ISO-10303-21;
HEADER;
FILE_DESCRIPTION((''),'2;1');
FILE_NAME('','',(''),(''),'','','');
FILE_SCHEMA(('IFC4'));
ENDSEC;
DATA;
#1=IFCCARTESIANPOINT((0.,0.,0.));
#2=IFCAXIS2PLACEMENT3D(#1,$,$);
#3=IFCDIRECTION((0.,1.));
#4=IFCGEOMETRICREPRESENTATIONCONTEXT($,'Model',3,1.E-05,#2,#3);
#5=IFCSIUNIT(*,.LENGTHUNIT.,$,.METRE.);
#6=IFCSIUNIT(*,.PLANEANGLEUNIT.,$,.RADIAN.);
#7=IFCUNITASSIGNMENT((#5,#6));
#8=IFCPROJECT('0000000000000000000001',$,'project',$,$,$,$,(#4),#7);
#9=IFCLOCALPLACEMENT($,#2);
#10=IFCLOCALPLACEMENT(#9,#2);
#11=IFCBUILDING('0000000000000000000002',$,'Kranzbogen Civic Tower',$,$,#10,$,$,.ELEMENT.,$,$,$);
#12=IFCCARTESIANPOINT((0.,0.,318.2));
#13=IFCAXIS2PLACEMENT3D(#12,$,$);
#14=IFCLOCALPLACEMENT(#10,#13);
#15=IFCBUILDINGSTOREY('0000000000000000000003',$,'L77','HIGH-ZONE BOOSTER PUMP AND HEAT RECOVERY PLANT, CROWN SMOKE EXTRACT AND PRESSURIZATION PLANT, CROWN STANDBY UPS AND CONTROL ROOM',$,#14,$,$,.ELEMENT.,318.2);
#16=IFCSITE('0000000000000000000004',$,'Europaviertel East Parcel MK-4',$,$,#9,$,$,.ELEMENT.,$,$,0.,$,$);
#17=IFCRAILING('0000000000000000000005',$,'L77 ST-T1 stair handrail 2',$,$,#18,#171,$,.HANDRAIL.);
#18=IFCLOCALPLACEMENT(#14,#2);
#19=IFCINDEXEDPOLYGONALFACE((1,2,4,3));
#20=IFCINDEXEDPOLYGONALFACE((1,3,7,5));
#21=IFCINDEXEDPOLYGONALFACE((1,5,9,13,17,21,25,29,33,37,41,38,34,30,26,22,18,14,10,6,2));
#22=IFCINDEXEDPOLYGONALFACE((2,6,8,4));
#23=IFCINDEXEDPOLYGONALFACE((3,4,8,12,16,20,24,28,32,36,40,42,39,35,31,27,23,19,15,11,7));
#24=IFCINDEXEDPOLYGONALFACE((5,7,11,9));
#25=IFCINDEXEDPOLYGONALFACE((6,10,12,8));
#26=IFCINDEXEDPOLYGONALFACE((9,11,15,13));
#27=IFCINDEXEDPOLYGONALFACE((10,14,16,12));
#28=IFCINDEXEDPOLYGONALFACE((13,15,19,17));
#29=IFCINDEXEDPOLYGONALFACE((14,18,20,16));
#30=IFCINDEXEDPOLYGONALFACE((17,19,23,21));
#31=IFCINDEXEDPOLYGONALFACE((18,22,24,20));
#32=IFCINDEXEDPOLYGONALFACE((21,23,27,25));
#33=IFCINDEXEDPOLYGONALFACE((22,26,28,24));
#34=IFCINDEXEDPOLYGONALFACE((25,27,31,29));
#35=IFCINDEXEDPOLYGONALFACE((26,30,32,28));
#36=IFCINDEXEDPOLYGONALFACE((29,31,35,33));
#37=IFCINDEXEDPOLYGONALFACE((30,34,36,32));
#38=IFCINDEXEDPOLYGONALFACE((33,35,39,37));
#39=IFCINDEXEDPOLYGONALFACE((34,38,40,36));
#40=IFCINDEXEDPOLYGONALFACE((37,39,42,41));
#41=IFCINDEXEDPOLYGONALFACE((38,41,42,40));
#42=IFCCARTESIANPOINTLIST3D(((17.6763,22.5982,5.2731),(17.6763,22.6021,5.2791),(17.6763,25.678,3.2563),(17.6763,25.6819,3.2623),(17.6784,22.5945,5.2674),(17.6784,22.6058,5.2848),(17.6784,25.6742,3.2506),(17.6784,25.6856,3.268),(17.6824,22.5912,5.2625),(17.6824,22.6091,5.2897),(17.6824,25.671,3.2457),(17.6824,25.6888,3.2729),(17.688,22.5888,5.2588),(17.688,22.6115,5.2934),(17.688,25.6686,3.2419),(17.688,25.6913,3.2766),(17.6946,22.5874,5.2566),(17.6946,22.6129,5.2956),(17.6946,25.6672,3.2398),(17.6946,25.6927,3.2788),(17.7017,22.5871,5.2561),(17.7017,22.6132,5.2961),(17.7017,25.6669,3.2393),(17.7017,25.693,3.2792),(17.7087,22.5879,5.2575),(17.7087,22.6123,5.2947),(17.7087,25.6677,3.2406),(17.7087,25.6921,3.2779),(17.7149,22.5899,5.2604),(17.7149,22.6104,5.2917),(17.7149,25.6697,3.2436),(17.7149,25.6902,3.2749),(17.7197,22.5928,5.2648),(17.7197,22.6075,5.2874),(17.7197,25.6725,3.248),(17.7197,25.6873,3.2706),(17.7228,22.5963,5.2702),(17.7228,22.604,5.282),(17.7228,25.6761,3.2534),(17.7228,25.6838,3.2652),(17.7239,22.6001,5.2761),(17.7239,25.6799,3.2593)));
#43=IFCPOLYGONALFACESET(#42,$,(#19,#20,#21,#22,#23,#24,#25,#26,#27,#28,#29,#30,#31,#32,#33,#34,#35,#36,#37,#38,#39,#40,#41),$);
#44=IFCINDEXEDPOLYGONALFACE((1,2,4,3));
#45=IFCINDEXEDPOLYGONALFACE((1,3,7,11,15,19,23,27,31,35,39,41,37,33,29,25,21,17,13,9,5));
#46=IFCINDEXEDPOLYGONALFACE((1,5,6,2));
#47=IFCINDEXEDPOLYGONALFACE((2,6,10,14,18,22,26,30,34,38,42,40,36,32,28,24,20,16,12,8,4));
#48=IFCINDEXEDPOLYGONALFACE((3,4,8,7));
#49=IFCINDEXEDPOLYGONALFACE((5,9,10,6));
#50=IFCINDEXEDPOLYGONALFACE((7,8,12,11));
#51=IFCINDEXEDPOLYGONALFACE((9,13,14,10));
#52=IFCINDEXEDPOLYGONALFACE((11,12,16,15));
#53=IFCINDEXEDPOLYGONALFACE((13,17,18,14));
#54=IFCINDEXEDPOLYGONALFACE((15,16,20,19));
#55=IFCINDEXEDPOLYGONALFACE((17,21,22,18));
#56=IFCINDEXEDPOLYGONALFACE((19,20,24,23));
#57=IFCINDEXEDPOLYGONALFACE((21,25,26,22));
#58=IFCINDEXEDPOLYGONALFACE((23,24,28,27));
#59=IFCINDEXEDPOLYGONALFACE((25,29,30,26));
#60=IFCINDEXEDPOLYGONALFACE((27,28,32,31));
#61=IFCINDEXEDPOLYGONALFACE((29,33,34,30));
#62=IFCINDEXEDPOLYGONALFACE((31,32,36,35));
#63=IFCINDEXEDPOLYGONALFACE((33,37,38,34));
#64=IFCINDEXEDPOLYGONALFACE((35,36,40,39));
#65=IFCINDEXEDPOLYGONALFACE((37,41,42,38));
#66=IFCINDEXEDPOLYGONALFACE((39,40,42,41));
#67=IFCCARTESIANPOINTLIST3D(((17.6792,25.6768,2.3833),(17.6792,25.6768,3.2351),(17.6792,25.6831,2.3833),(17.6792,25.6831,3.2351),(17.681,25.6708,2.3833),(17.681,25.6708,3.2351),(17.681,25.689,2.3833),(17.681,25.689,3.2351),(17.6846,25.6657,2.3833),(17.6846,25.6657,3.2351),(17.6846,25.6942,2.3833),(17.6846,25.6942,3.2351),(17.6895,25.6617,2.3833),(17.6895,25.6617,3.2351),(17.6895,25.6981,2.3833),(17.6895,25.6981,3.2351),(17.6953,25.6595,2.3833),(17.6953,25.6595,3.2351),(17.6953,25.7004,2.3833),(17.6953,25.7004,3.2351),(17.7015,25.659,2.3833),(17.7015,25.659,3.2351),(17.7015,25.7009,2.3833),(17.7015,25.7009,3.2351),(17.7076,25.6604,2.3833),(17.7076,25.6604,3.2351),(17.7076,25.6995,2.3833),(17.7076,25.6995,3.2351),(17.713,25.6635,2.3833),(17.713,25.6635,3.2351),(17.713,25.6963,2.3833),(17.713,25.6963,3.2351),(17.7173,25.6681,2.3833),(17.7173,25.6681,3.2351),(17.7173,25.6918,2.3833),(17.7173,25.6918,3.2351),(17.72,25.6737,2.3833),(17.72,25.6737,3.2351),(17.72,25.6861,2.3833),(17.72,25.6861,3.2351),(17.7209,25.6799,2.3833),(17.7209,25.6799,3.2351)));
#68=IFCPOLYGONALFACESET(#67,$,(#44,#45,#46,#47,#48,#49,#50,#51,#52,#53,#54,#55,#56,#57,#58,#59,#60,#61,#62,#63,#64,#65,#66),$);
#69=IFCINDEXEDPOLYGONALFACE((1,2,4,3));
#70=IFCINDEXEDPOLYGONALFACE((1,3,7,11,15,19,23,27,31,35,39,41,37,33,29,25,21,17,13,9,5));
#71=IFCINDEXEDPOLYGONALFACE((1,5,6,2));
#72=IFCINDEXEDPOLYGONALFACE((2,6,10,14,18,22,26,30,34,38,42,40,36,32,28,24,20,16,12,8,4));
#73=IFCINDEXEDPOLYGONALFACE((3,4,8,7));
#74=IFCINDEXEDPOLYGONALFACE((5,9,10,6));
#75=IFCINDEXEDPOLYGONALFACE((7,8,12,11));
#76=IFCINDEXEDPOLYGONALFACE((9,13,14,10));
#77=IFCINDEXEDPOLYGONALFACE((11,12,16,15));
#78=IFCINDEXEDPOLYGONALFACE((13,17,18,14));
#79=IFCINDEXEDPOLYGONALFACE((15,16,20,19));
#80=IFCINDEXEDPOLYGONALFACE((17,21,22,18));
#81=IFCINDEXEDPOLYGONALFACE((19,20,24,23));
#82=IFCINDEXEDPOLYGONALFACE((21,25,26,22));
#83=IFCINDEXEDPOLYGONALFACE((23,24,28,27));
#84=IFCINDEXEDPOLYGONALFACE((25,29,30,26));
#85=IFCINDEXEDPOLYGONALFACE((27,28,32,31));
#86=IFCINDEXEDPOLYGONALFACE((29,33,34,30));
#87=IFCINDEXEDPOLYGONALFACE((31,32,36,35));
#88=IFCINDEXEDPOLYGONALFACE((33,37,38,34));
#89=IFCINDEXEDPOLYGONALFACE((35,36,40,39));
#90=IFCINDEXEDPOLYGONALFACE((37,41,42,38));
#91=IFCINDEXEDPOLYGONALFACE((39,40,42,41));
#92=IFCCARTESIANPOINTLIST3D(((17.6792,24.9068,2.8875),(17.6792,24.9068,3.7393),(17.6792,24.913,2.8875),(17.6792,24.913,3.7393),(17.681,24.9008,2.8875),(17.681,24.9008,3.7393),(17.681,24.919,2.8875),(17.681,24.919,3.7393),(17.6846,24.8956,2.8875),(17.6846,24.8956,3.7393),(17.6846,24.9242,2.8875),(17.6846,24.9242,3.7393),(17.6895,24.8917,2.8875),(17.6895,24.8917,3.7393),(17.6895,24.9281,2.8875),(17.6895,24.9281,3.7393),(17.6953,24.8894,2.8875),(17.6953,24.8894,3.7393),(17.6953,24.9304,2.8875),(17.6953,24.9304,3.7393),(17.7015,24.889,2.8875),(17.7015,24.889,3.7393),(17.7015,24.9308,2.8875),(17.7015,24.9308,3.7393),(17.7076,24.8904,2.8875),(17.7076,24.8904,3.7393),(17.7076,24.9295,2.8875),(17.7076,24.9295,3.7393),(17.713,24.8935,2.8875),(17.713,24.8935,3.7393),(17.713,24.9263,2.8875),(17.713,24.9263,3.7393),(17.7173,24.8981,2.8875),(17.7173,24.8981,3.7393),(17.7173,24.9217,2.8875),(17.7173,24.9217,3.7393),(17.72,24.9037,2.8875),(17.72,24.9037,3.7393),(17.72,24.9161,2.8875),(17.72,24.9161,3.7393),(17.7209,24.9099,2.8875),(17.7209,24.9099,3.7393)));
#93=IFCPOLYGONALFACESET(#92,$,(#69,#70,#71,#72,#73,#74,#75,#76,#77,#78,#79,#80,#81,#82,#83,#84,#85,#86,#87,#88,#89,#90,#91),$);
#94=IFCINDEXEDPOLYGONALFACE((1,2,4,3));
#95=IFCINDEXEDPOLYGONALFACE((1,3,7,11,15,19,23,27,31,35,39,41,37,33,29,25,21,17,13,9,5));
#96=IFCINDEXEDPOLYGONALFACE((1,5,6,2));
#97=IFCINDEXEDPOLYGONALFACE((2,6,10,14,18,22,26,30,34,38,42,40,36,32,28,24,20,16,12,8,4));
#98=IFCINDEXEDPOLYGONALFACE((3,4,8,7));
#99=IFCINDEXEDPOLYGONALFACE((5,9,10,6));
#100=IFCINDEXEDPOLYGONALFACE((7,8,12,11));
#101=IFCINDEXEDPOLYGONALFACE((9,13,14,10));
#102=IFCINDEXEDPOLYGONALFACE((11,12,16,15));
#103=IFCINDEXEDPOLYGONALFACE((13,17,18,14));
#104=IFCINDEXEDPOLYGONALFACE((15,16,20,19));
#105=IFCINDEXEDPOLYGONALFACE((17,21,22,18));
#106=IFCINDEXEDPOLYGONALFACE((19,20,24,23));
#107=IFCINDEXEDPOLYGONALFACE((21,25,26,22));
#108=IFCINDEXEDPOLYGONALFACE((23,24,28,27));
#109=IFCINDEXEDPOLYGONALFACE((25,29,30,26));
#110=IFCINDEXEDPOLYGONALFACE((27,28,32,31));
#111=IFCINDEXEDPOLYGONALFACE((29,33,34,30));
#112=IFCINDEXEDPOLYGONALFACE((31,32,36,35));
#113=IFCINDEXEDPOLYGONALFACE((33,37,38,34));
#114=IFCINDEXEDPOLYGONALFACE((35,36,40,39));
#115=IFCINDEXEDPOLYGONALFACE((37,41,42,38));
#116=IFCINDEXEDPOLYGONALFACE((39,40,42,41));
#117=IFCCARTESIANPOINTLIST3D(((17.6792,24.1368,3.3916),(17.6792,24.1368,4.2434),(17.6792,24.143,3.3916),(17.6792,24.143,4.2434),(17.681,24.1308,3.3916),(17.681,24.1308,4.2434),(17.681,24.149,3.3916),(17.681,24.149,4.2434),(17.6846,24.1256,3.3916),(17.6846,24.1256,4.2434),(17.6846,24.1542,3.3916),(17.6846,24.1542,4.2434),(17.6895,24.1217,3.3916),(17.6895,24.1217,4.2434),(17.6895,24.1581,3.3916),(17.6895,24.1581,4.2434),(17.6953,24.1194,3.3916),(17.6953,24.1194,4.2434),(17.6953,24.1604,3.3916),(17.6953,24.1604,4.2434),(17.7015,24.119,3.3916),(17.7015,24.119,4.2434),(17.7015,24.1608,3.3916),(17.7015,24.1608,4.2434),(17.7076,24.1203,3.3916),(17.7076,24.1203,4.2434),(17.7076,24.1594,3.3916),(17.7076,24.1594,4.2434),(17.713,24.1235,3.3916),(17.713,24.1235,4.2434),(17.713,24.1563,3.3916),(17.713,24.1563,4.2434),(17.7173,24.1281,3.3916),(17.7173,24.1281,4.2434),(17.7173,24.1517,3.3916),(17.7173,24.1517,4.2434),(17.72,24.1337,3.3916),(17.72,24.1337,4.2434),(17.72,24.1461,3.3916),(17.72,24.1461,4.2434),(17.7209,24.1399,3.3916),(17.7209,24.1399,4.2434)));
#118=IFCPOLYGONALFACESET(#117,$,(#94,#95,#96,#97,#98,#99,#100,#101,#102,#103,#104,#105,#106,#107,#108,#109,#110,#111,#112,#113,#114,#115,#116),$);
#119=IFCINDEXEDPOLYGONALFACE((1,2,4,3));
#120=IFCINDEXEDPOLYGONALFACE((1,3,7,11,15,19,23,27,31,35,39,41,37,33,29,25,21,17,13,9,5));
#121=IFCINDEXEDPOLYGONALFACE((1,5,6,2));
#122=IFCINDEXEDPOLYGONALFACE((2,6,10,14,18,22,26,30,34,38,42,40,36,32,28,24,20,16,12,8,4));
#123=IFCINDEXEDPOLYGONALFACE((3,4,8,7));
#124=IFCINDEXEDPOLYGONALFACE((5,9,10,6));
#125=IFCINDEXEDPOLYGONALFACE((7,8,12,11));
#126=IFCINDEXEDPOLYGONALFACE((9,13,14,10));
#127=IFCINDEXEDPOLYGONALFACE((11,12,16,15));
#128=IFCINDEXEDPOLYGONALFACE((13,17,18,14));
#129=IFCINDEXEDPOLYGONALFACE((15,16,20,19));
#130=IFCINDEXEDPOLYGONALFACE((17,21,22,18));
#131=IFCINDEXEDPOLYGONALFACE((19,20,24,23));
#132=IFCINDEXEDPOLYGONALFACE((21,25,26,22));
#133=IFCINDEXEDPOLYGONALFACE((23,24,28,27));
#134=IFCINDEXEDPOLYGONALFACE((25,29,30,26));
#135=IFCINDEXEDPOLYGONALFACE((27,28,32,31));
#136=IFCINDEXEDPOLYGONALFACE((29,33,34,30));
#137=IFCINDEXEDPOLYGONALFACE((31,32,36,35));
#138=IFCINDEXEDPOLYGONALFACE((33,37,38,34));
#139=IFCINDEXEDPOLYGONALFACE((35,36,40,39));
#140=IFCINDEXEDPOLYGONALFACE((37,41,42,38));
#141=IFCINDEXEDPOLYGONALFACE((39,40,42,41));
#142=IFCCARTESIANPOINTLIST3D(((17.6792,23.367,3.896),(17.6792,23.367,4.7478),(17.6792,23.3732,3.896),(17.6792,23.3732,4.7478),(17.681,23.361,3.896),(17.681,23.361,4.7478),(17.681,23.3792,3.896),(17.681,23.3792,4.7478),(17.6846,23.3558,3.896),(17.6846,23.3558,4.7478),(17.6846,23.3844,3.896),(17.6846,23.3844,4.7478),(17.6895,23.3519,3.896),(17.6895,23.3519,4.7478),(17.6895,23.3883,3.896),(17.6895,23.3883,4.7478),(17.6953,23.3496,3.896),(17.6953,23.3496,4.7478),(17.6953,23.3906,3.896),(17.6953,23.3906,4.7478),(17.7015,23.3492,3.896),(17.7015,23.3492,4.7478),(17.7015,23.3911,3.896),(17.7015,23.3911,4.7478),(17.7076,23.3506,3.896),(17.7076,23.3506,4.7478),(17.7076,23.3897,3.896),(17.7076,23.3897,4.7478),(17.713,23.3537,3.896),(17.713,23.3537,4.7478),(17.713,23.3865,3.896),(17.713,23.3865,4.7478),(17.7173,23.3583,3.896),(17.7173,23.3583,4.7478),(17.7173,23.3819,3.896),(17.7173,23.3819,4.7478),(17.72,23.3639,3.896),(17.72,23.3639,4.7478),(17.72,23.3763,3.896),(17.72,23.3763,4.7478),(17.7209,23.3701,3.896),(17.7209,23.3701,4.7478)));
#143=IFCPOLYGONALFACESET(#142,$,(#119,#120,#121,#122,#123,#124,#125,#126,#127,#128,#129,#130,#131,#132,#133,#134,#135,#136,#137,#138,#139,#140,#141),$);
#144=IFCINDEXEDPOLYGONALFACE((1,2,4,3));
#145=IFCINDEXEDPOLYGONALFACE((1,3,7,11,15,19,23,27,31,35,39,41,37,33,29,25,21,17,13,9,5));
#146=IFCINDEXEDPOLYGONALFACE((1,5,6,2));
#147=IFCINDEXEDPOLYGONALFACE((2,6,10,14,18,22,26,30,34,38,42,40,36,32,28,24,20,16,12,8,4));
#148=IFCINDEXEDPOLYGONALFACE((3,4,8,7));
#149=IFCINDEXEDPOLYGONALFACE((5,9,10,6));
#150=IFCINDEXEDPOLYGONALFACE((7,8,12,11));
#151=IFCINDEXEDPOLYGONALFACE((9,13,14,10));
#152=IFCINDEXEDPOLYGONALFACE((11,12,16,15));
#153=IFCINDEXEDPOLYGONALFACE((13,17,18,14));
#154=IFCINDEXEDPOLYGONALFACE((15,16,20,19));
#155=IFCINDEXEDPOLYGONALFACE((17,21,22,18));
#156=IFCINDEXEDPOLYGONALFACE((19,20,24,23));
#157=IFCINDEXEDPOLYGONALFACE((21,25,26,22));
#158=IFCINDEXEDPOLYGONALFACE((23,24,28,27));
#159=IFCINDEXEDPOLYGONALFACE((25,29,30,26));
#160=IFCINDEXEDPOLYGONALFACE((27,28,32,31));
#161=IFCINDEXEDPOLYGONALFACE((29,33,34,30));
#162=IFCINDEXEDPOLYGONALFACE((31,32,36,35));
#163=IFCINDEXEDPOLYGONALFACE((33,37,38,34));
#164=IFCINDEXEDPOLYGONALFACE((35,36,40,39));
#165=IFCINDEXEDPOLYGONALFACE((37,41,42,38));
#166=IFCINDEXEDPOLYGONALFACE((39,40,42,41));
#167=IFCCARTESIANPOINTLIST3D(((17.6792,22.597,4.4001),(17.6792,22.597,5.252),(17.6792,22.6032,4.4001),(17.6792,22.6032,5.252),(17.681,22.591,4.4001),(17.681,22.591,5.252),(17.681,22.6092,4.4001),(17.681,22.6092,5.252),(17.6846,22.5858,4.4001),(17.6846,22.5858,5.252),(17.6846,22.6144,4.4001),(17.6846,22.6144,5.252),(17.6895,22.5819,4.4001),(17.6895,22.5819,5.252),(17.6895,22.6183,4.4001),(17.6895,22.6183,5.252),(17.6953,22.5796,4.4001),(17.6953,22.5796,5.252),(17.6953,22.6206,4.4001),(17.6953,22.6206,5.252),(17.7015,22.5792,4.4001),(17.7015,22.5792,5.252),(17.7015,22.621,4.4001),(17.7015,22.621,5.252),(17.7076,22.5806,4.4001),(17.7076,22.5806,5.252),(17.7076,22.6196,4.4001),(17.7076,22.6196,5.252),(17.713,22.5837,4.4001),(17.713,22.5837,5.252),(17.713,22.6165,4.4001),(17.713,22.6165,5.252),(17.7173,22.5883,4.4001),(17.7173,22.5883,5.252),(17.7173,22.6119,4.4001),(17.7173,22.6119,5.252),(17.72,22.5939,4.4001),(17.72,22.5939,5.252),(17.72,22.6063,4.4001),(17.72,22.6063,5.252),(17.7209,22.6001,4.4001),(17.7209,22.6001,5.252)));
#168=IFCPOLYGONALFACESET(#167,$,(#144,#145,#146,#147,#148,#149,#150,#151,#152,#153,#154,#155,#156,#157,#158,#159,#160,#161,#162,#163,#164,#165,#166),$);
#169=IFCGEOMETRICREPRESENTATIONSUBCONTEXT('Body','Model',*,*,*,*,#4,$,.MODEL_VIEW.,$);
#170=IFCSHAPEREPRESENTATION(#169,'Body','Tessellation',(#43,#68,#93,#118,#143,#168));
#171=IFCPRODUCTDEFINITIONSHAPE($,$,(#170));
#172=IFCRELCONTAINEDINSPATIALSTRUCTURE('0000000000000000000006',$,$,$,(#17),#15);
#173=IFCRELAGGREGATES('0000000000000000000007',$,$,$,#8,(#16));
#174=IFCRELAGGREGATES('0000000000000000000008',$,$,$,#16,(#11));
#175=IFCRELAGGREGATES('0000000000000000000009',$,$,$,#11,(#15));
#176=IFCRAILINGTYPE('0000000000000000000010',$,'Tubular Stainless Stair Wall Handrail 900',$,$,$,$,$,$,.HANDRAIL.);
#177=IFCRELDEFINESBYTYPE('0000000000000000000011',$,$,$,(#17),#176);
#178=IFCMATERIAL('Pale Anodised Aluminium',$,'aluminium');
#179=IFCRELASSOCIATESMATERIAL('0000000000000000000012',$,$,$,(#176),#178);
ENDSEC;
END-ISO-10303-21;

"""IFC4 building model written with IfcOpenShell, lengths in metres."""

from ifc_helpers import new_model, si_unit, direction, frame, origin, origin_2d, place, context, subcontext, project, spatial, circle, extrude, material, type_object, element, save


model = new_model("IFC4")

# Units and contexts
model_context = context("Model", 3, precision=1e-05, world=origin(), true_north=direction((0.0, 1.0)))
body_context = subcontext(model_context, "Body", "Model", "MODEL_VIEW")
ifc_project = project(units=[si_unit("LENGTHUNIT", "METRE"), si_unit("PLANEANGLEUNIT", "RADIAN")], contexts=[model_context])

# Site, building, storey
site_placement = place(None, origin())
site = spatial("IfcSite", under=ifc_project, at=site_placement, Name="Europaviertel East Parcel MK-4", CompositionType="ELEMENT", RefElevation=0.0)
building_placement = place(site_placement, origin())
building = spatial("IfcBuilding", under=site, at=building_placement, Name="Kranzbogen Civic Tower", CompositionType="ELEMENT")
storey_placement = place(building_placement, frame((0.0, 0.0, 318.2)))
storey = spatial("IfcBuildingStorey", under=building, at=storey_placement, Name="L77", Description="HIGH-ZONE BOOSTER PUMP AND HEAT RECOVERY PLANT, CROWN SMOKE EXTRACT AND PRESSURIZATION PLANT, CROWN STANDBY UPS AND CONTROL ROOM", CompositionType="ELEMENT", Elevation=318.2)

# Shared definitions
ifc_material_1 = material(Name="Pale Anodised Aluminium", Category="aluminium")

# Railing
railing_type_1 = type_object("IfcRailingType", Name="Tubular Stainless Stair Wall Handrail 900", PredefinedType="HANDRAIL", material=ifc_material_1)
railing_1_placement = place(storey_placement, frame((17.7, 25.6799, 2.3833)))
element("IfcRailing", 1, at=railing_1_placement, inside=storey, type_object=railing_type_1, Name="L77 ST-T1 stair handrail 2", PredefinedType="HANDRAIL", context=body_context, shape_type="SweptSolid", body=[
    extrude(circle(Radius=0.0239, at=origin_2d()), frame((0.0, 0.0, 0.876), z_axis=(0.0, -0.836583, 0.547841), x_axis=(1.0, 0.0, 0.0)), (0.0, 0.0, 1.0), 3.6814),
    extrude(circle(Radius=0.021, at=origin_2d()), origin(), (0.0, 0.0, 1.0), 0.8518),
    extrude(circle(Radius=0.021, at=origin_2d()), frame((0.0, -0.77, 0.5042)), (0.0, 0.0, 1.0), 0.8518),
    extrude(circle(Radius=0.021, at=origin_2d()), frame((0.0, -1.54, 1.0083)), (0.0, 0.0, 1.0), 0.8518),
    extrude(circle(Radius=0.021, at=origin_2d()), frame((0.0, -2.3098, 1.5127)), (0.0, 0.0, 1.0), 0.8518),
    extrude(circle(Radius=0.021, at=origin_2d()), frame((0.0, -3.0798, 2.0168)), (0.0, 0.0, 1.0), 0.8518),
])

save(model, "model.ifc")
